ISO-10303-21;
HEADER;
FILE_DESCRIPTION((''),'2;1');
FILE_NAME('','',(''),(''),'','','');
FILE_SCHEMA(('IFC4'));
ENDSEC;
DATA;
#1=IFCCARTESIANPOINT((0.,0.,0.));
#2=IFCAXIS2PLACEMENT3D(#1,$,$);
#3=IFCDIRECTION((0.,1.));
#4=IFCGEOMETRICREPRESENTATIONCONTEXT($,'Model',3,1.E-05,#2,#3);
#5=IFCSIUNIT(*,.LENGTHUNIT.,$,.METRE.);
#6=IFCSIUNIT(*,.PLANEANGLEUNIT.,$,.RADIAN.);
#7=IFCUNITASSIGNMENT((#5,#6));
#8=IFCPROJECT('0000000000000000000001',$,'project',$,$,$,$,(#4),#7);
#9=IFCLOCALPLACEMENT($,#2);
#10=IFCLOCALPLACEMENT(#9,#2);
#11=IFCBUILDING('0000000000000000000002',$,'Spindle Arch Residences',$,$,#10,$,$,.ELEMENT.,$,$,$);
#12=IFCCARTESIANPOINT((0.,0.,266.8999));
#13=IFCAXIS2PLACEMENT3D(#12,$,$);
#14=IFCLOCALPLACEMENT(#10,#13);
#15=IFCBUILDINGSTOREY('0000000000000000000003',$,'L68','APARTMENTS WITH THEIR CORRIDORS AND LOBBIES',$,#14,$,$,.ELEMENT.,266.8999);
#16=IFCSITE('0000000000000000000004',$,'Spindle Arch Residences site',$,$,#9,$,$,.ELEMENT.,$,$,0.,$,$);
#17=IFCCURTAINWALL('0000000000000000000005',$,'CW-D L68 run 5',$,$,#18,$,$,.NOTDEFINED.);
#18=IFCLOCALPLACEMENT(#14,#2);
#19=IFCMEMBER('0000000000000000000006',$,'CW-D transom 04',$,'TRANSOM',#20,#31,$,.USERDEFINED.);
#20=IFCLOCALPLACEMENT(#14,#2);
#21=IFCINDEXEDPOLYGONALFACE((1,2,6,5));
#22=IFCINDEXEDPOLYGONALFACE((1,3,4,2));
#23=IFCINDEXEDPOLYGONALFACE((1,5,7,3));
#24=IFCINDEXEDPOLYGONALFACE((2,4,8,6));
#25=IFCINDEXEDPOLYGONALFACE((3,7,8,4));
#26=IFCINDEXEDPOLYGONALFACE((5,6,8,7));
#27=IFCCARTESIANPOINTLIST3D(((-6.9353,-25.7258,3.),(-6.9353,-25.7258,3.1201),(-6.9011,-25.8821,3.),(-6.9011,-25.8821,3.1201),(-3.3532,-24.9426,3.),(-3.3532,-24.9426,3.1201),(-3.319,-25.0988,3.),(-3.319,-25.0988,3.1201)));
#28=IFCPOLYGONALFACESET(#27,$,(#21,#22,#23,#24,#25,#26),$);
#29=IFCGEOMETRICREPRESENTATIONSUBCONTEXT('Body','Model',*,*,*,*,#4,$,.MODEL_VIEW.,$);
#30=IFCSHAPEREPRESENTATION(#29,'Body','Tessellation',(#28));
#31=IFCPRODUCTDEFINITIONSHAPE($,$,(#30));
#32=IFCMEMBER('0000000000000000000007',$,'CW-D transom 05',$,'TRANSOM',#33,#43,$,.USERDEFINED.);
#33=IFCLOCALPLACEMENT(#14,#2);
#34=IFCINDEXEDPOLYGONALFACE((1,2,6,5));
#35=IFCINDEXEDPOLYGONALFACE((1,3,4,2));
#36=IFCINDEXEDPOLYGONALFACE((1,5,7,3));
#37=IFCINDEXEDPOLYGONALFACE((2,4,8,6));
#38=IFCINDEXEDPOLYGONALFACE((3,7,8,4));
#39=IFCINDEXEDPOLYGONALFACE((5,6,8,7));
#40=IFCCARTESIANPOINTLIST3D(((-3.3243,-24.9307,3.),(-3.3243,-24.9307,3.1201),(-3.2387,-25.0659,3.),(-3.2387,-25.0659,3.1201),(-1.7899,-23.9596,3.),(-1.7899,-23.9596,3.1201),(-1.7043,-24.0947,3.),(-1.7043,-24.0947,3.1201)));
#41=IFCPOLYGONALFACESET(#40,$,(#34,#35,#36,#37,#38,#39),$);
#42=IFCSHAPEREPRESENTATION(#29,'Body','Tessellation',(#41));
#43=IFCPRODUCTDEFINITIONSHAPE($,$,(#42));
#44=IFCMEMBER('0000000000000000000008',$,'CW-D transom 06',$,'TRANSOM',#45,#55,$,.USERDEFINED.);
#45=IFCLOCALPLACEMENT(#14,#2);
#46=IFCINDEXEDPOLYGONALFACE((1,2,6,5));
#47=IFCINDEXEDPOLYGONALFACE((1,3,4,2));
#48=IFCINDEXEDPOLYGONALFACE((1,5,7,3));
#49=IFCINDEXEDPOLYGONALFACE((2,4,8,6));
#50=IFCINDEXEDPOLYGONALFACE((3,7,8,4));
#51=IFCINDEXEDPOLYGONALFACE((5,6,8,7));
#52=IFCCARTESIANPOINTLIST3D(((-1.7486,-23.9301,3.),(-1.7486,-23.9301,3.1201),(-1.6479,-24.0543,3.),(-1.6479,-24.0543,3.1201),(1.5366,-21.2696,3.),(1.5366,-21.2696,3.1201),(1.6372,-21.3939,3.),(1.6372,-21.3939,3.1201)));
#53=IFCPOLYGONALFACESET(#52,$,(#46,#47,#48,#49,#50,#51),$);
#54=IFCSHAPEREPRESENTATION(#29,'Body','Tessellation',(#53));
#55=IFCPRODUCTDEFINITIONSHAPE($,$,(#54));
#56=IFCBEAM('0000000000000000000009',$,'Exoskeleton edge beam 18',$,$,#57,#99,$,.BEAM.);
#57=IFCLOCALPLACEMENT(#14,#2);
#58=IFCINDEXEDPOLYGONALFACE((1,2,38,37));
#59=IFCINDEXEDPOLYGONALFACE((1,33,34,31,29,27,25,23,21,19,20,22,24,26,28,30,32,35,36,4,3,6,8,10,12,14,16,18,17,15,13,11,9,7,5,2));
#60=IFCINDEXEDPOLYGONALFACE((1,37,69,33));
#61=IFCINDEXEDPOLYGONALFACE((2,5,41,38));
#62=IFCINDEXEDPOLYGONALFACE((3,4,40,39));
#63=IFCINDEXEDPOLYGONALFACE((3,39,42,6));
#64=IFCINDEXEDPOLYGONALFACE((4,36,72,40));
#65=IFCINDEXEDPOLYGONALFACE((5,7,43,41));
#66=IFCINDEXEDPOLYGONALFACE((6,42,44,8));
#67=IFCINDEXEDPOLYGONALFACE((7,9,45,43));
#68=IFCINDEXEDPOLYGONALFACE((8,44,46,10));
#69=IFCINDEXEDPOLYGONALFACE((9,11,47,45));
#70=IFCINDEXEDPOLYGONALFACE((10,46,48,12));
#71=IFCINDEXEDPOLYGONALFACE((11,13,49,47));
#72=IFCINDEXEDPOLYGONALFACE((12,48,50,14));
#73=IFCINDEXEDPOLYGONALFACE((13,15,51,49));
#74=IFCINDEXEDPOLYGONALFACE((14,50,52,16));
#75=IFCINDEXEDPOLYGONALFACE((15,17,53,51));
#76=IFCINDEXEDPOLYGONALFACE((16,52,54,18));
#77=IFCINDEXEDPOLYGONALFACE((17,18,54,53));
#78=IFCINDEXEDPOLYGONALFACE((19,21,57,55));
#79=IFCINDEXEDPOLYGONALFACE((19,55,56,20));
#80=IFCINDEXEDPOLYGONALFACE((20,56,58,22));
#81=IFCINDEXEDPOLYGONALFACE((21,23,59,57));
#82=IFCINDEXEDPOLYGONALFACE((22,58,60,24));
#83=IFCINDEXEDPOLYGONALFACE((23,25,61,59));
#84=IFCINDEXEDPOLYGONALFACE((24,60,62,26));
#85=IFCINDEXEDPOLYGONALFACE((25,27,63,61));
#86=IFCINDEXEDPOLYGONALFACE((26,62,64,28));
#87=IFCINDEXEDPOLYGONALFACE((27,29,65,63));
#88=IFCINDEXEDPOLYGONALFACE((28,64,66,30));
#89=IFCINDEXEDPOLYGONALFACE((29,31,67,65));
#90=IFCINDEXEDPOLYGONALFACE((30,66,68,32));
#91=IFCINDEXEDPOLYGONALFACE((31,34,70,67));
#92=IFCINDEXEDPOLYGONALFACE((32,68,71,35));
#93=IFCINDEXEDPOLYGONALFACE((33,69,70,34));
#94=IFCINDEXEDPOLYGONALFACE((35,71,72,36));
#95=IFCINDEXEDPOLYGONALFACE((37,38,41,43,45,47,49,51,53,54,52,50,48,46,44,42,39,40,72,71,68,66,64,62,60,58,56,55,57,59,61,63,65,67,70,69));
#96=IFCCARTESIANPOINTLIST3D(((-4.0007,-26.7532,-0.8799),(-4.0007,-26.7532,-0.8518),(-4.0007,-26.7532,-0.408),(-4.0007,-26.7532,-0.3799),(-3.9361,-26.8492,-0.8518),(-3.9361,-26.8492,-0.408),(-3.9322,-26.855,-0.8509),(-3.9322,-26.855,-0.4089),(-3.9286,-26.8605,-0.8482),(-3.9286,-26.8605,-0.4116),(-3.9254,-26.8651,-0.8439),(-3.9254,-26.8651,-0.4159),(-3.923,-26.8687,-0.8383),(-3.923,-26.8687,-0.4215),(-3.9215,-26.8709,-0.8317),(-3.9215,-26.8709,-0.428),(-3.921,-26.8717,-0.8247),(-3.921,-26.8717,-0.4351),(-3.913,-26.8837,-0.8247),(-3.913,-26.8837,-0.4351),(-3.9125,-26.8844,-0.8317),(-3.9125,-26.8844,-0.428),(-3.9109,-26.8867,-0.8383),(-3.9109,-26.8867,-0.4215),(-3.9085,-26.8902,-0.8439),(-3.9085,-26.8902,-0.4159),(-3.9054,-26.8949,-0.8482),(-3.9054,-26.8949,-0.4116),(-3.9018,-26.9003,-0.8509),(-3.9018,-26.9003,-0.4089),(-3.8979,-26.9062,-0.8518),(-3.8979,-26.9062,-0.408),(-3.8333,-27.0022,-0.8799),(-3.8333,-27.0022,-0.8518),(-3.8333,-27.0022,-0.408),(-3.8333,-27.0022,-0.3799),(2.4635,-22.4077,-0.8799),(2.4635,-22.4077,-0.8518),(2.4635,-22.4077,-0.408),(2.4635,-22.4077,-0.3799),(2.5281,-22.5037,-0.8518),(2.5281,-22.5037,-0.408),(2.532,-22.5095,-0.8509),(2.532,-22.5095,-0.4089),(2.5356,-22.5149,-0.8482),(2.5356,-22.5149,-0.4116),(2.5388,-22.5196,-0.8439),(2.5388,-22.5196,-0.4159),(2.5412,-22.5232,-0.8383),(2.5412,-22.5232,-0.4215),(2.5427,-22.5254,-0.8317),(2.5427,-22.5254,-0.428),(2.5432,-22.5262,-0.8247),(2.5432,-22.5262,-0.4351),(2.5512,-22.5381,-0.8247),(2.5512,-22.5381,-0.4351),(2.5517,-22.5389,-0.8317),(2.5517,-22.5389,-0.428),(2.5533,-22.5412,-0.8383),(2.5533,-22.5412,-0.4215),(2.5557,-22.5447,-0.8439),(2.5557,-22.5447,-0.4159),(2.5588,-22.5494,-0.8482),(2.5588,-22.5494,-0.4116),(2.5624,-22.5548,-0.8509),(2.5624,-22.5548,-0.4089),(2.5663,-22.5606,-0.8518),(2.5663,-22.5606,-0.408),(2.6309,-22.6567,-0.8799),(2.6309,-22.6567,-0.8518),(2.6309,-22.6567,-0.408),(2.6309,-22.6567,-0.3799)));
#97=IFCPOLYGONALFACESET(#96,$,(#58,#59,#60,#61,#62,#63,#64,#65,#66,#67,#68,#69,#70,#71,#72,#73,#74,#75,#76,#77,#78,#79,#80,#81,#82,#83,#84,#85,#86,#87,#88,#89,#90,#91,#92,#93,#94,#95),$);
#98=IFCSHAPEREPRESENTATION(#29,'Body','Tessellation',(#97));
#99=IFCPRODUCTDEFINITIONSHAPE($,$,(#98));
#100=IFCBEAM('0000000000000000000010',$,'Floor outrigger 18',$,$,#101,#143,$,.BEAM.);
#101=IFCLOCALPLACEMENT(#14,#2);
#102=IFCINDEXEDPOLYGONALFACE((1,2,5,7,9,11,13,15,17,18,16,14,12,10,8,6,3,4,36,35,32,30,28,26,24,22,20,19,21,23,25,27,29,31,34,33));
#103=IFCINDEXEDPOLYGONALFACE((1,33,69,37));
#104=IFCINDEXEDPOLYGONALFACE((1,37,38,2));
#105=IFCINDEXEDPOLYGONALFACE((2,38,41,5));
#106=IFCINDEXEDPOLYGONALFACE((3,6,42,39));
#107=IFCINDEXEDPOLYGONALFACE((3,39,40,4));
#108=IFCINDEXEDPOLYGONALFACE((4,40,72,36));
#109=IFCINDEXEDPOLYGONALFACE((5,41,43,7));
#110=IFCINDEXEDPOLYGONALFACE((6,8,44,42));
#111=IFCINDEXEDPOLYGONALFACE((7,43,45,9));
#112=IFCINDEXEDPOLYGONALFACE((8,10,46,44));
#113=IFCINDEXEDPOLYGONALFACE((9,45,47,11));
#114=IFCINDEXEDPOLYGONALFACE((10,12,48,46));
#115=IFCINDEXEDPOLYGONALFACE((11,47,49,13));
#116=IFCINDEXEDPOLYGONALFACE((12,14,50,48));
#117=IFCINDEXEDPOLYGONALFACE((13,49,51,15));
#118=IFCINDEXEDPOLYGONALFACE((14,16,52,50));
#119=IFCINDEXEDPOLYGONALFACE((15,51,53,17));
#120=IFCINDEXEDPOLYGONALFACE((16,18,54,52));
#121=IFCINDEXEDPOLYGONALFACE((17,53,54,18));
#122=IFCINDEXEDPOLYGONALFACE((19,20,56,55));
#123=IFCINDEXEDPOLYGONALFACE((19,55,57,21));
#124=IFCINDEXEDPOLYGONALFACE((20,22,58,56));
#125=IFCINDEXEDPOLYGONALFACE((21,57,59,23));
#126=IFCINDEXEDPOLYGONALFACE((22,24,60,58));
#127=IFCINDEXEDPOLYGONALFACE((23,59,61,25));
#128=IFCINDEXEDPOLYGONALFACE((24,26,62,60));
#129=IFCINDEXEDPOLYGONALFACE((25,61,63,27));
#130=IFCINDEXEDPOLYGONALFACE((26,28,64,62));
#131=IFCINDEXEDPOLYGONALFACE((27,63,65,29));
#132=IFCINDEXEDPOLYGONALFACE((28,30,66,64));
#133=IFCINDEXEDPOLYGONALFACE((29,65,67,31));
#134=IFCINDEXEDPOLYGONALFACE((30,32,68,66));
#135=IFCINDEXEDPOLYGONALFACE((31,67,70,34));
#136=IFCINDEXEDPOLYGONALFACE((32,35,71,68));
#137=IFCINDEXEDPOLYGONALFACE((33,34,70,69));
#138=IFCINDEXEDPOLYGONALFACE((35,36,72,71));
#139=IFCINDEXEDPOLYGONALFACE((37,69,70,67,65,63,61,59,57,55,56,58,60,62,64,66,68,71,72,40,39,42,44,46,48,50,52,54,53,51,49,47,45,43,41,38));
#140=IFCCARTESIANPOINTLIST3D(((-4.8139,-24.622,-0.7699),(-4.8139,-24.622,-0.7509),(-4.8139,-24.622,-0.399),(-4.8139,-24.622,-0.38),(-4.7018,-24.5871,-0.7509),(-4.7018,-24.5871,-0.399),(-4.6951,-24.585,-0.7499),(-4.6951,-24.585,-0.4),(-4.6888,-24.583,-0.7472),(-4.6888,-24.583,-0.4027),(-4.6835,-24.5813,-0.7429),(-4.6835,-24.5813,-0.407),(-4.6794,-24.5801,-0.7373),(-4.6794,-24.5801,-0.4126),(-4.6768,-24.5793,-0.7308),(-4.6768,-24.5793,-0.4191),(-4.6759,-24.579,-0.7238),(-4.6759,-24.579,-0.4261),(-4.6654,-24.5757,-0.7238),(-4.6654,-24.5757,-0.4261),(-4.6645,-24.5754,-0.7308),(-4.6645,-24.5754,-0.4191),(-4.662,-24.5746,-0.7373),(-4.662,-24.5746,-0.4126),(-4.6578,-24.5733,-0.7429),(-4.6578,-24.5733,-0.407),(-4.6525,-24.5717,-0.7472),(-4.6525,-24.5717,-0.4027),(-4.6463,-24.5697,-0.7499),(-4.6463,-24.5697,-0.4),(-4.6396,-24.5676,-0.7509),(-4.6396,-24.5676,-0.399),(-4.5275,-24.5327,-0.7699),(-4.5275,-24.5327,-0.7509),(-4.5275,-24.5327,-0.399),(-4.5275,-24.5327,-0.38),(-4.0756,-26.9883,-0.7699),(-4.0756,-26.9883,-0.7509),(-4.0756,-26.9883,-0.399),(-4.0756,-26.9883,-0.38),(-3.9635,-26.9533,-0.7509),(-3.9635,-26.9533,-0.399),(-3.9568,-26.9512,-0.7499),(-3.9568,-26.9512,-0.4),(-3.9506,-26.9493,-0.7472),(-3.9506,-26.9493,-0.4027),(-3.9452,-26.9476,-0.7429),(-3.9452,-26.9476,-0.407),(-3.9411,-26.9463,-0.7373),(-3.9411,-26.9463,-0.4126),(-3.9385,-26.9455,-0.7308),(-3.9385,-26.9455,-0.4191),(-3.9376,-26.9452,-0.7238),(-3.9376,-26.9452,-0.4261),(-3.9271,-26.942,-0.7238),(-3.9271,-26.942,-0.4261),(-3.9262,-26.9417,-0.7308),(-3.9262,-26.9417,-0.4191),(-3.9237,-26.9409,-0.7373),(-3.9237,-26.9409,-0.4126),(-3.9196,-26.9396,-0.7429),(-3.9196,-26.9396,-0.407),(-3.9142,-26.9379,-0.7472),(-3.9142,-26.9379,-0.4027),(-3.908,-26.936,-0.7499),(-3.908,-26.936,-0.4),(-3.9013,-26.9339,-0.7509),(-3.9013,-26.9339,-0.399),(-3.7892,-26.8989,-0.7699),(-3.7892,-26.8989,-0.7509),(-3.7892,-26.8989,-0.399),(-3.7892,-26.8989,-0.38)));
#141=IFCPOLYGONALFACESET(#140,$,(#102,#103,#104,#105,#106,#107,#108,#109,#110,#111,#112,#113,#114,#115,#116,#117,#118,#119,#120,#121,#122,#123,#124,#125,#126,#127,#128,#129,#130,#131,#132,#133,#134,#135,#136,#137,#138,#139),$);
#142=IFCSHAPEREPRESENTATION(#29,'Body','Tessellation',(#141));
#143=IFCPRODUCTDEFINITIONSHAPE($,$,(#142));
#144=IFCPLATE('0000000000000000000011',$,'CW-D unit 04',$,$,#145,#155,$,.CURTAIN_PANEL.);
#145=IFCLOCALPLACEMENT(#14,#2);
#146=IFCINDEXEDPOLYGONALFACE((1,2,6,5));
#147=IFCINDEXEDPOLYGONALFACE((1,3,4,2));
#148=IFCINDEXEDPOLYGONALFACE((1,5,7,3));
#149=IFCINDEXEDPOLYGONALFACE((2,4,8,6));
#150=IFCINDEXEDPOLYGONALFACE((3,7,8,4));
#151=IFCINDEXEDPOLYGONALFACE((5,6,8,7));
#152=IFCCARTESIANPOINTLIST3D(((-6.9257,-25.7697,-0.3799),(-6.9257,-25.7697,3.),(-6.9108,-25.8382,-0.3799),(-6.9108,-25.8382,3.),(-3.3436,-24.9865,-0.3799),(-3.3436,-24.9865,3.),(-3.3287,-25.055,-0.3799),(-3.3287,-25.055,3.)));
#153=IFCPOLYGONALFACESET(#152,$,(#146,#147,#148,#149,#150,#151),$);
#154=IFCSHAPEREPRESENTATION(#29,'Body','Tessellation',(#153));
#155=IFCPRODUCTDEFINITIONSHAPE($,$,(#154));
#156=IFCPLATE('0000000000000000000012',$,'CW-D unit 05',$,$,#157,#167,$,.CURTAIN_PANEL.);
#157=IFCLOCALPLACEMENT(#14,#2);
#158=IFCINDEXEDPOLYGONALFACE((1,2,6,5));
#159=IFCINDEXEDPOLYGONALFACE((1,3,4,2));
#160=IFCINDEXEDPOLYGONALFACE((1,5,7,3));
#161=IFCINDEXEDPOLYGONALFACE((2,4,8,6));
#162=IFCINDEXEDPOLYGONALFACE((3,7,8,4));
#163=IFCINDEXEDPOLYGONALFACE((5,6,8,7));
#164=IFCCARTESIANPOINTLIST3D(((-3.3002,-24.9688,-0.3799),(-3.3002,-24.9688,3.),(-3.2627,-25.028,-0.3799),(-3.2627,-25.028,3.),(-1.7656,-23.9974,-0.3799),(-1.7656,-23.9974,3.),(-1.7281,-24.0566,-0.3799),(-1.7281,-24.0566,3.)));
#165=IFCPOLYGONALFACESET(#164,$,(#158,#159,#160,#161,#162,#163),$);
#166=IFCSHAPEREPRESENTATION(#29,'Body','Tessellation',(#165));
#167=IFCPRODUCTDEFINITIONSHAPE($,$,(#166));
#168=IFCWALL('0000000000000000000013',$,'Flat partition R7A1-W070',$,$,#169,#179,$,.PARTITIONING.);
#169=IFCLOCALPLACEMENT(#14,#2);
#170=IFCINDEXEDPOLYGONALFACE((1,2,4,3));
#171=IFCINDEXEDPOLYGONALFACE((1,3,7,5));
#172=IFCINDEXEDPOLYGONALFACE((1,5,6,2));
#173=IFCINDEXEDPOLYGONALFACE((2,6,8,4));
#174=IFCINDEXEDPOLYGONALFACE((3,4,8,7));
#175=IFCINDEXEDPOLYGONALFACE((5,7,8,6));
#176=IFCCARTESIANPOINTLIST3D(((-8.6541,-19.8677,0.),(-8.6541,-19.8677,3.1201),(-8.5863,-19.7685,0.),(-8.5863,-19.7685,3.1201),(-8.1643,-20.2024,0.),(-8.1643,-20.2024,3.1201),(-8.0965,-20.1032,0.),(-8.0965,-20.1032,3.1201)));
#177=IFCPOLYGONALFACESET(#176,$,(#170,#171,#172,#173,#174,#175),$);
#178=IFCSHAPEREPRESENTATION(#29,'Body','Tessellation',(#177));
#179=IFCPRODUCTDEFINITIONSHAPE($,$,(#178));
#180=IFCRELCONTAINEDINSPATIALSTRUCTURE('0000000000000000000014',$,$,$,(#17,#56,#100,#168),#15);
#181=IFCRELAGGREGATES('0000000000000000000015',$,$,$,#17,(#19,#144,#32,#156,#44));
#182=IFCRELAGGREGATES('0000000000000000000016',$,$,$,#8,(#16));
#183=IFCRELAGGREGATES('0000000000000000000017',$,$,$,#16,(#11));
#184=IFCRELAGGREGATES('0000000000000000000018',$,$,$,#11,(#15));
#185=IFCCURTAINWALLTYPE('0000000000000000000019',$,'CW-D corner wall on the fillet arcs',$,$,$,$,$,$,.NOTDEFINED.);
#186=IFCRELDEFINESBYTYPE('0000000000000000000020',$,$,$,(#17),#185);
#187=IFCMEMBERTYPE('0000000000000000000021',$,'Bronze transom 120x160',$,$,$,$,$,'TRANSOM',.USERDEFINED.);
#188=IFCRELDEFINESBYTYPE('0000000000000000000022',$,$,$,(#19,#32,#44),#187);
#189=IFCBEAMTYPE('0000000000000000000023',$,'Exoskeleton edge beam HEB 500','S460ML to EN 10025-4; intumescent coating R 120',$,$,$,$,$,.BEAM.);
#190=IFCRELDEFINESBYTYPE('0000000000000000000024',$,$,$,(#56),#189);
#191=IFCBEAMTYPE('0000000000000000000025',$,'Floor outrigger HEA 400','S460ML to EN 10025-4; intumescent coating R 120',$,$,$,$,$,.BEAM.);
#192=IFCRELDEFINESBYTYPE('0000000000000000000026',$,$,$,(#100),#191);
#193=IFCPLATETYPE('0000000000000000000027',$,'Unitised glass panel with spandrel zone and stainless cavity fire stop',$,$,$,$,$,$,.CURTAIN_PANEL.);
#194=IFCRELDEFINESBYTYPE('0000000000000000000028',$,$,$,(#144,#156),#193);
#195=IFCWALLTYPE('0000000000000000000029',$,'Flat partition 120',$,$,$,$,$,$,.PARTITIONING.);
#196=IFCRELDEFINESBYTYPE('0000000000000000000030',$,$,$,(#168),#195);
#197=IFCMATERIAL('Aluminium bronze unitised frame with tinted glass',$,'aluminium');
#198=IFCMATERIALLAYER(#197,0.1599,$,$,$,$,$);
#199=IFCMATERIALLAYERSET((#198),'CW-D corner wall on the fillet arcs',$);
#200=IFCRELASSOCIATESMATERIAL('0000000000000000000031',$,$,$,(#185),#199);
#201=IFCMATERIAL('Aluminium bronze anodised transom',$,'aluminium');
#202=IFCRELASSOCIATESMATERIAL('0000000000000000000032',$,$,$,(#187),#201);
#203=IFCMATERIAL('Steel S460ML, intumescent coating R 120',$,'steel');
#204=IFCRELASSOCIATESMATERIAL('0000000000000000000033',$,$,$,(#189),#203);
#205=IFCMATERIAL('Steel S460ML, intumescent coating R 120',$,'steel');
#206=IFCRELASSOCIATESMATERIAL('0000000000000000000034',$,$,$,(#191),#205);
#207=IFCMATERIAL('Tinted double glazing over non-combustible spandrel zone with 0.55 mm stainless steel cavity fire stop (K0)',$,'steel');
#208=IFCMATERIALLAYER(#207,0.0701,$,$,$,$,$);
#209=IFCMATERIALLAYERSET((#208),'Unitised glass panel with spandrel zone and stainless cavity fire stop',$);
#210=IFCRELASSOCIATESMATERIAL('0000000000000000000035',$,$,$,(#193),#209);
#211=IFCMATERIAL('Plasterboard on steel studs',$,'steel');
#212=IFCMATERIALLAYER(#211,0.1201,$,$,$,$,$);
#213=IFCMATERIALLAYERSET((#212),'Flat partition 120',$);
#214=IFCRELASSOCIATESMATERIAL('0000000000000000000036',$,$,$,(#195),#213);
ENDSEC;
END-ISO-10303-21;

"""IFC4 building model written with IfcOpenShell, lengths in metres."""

from ifc_helpers import new_model, si_unit, direction, frame, frame_2d, origin, origin_2d, place, context, subcontext, project, spatial, rectangle, i_section, extrude, material, layer, layer_set, material_profile, profile_set, type_object, element, aggregate, save


model = new_model("IFC4")

# Units and contexts
model_context = context("Model", 3, precision=1e-05, world=origin(), true_north=direction((0.0, 1.0)))
body_context = subcontext(model_context, "Body", "Model", "MODEL_VIEW")
ifc_project = project(units=[si_unit("LENGTHUNIT", "METRE"), si_unit("PLANEANGLEUNIT", "RADIAN")], contexts=[model_context])

# Site, building, storey
site_placement = place(None, origin())
site = spatial("IfcSite", under=ifc_project, at=site_placement, Name="Spindle Arch Residences site", CompositionType="ELEMENT", RefElevation=0.0)
building_placement = place(site_placement, origin())
building = spatial("IfcBuilding", under=site, at=building_placement, Name="Spindle Arch Residences", CompositionType="ELEMENT")
storey_placement = place(building_placement, frame((0.0, 0.0, 266.8999)))
storey = spatial("IfcBuildingStorey", under=building, at=storey_placement, Name="L68", Description="APARTMENTS WITH THEIR CORRIDORS AND LOBBIES", CompositionType="ELEMENT", Elevation=266.8999)

# Curtain wall, members
ifc_material_1 = material(Name="Aluminium bronze unitised frame with tinted glass", Category="aluminium")
ifc_layer_1 = layer(ifc_material_1, 0.1599)
ifc_layer_set_1 = layer_set([ifc_layer_1], Name="CW-D corner wall on the fillet arcs")
curtain_wall_type = type_object("IfcCurtainWallType", Name="CW-D corner wall on the fillet arcs", PredefinedType="NOTDEFINED", material=ifc_layer_set_1)
curtain_wall_placement = place(storey_placement, origin())
curtain_wall = element("IfcCurtainWall", 1, at=curtain_wall_placement, inside=storey, type_object=curtain_wall_type, Name="CW-D L68 run 5", PredefinedType="NOTDEFINED")
ifc_material_2 = material(Name="Aluminium bronze anodised transom", Category="aluminium")
ifc_material_profile_1 = material_profile(ifc_material_2, rectangle(XDim=0.1599, YDim=0.1201, at=origin_2d()), Name="TR 120x160")
ifc_profile_set_1 = profile_set([ifc_material_profile_1], Name="Aluminium bronze anodised transom")
member_type_1 = type_object("IfcMemberType", Name="Bronze transom 120x160", ElementType="TRANSOM", PredefinedType="USERDEFINED", material=ifc_profile_set_1)
member_1_placement = place(storey_placement, frame((-6.9182, -25.804, 3.0601), z_axis=(0.976921, 0.213602, 0.0), x_axis=(-0.213602, 0.976921, 0.0)))
member_1 = element("IfcMember", 2, at=member_1_placement, type_object=member_type_1, Name="CW-D transom 04", ObjectType="TRANSOM", PredefinedType="USERDEFINED", context=body_context, shape_type="SweptSolid", body=[
    extrude(rectangle(XDim=0.1599, YDim=0.1201, at=origin_2d()), origin(), (0.0, 0.0, 1.0), 3.6667),
])
member_2_placement = place(storey_placement, frame((-3.2815, -24.9983, 3.0601), z_axis=(0.844971, 0.534812, 0.0), x_axis=(-0.534812, 0.844971, 0.0)))
member_2 = element("IfcMember", 3, at=member_2_placement, type_object=member_type_1, Name="CW-D transom 05", ObjectType="TRANSOM", PredefinedType="USERDEFINED", context=body_context, shape_type="SweptSolid", body=[
    extrude(rectangle(XDim=0.1599, YDim=0.1201, at=origin_2d()), origin(), (0.0, 0.0, 1.0), 1.8159),
])
member_3_placement = place(storey_placement, frame((-1.6982, -23.9922, 3.0601), z_axis=(0.777131, 0.629339, 0.0), x_axis=(-0.629339, 0.777131, 0.0)))
member_3 = element("IfcMember", 4, at=member_3_placement, type_object=member_type_1, Name="CW-D transom 06", ObjectType="TRANSOM", PredefinedType="USERDEFINED", context=body_context, shape_type="SweptSolid", body=[
    extrude(rectangle(XDim=0.1599, YDim=0.1201, at=origin_2d()), origin(), (0.0, 0.0, 1.0), 4.2273),
])

# Beams
ifc_material_3 = material(Name="Steel S460ML, intumescent coating R 120", Category="steel")
ifc_material_profile_2 = material_profile(ifc_material_3, i_section(OverallWidth=0.3, OverallDepth=0.5, WebThickness=0.0144, FlangeThickness=0.0281, FilletRadius=0.0271, at=origin_2d()), Name="HEB 500")
ifc_profile_set_2 = profile_set([ifc_material_profile_2], Name="Steel S460ML, intumescent coating R 120")
beam_type_1 = type_object("IfcBeamType", Name="Exoskeleton edge beam HEB 500", Description="S460ML to EN 10025-4; intumescent coating R 120", PredefinedType="BEAM", material=ifc_profile_set_2)
beam_1_placement = place(storey_placement, frame((-3.917, -26.8777, -0.6299), z_axis=(0.829908, 0.5579, 0.0), x_axis=(-0.5579, 0.829908, 0.0)))
element("IfcBeam", 5, at=beam_1_placement, inside=storey, type_object=beam_type_1, Name="Exoskeleton edge beam 18", PredefinedType="BEAM", context=body_context, shape_type="SweptSolid", body=[
    extrude(i_section(OverallWidth=0.3, OverallDepth=0.5, WebThickness=0.0144, FlangeThickness=0.0281, FilletRadius=0.0271, at=origin_2d()), origin(), (0.0, 0.0, 1.0), 7.7891),
])
ifc_material_4 = material(Name="Steel S460ML, intumescent coating R 120", Category="steel")
ifc_material_profile_3 = material_profile(ifc_material_4, i_section(OverallWidth=0.3, OverallDepth=0.3899, WebThickness=0.011, FlangeThickness=0.019, FilletRadius=0.0271, at=origin_2d()), Name="HEA 400")
ifc_profile_set_3 = profile_set([ifc_material_profile_3], Name="Steel S460ML, intumescent coating R 120")
beam_type_2 = type_object("IfcBeamType", Name="Floor outrigger HEA 400", Description="S460ML to EN 10025-4; intumescent coating R 120", PredefinedType="BEAM", material=ifc_profile_set_3)
beam_2_placement = place(storey_placement, frame((-3.9324, -26.9436, -0.575), z_axis=(-0.297849, 0.954613, 0.0), x_axis=(-0.954613, -0.297849, 0.0)))
element("IfcBeam", 6, at=beam_2_placement, inside=storey, type_object=beam_type_2, Name="Floor outrigger 18", PredefinedType="BEAM", context=body_context, shape_type="SweptSolid", body=[
    extrude(i_section(OverallWidth=0.3, OverallDepth=0.3899, WebThickness=0.011, FlangeThickness=0.019, FilletRadius=0.0271, at=origin_2d()), origin(), (0.0, 0.0, 1.0), 2.4788),
])

# Plates
ifc_material_5 = material(Name="Tinted double glazing over non-combustible spandrel zone with 0.55 mm stainless steel cavity fire stop (K0)", Category="steel")
ifc_layer_2 = layer(ifc_material_5, 0.0701)
ifc_layer_set_2 = layer_set([ifc_layer_2], Name="Unitised glass panel with spandrel zone and stainless cavity fire stop")
plate_type = type_object("IfcPlateType", Name="Unitised glass panel with spandrel zone and stainless cavity fire stop", PredefinedType="CURTAIN_PANEL", material=ifc_layer_set_2)
plate_1_placement = place(storey_placement, frame((-5.1272, -25.4124, -0.3799), z_axis=(0.0, 0.0, 1.0), x_axis=(0.976921, 0.213599, 0.0)))
plate_1 = element("IfcPlate", 7, at=plate_1_placement, type_object=plate_type, Name="CW-D unit 04", PredefinedType="CURTAIN_PANEL", context=body_context, shape_type="SweptSolid", body=[
    extrude(rectangle(XDim=3.6667, YDim=0.0701, at=origin_2d()), origin(), (0.0, 0.0, 1.0), 3.3799),
])
plate_2_placement = place(storey_placement, frame((-2.5142, -24.5127, -0.3799), z_axis=(0.0, 0.0, 1.0), x_axis=(0.844951, 0.534844, 0.0)))
plate_2 = element("IfcPlate", 8, at=plate_2_placement, type_object=plate_type, Name="CW-D unit 05", PredefinedType="CURTAIN_PANEL", context=body_context, shape_type="SweptSolid", body=[
    extrude(rectangle(XDim=1.8162, YDim=0.0701, at=origin_2d()), origin(), (0.0, 0.0, 1.0), 3.3799),
])
aggregate(curtain_wall, [member_1, plate_1, member_2, plate_2, member_3])

# Wall
ifc_material_6 = material(Name="Plasterboard on steel studs", Category="steel")
ifc_layer_3 = layer(ifc_material_6, 0.1201)
ifc_layer_set_3 = layer_set([ifc_layer_3], Name="Flat partition 120")
wall_type_1 = type_object("IfcWallType", Name="Flat partition 120", PredefinedType="PARTITIONING", material=ifc_layer_set_3)
wall_1_placement = place(storey_placement, frame((-8.1304, -20.1528, 0.0), z_axis=(0.0, 0.0, 1.0), x_axis=(-0.8256, 0.564256, 0.0)))
element("IfcWall", 9, at=wall_1_placement, inside=storey, type_object=wall_type_1, Name="Flat partition R7A1-W070", PredefinedType="PARTITIONING", context=body_context, shape_type="SweptSolid", body=[
    extrude(rectangle(XDim=0.5933, YDim=0.1201, at=frame_2d((0.2966, 0.0))), origin(), (0.0, 0.0, 1.0), 3.1201),
])

save(model, "model.ifc")
